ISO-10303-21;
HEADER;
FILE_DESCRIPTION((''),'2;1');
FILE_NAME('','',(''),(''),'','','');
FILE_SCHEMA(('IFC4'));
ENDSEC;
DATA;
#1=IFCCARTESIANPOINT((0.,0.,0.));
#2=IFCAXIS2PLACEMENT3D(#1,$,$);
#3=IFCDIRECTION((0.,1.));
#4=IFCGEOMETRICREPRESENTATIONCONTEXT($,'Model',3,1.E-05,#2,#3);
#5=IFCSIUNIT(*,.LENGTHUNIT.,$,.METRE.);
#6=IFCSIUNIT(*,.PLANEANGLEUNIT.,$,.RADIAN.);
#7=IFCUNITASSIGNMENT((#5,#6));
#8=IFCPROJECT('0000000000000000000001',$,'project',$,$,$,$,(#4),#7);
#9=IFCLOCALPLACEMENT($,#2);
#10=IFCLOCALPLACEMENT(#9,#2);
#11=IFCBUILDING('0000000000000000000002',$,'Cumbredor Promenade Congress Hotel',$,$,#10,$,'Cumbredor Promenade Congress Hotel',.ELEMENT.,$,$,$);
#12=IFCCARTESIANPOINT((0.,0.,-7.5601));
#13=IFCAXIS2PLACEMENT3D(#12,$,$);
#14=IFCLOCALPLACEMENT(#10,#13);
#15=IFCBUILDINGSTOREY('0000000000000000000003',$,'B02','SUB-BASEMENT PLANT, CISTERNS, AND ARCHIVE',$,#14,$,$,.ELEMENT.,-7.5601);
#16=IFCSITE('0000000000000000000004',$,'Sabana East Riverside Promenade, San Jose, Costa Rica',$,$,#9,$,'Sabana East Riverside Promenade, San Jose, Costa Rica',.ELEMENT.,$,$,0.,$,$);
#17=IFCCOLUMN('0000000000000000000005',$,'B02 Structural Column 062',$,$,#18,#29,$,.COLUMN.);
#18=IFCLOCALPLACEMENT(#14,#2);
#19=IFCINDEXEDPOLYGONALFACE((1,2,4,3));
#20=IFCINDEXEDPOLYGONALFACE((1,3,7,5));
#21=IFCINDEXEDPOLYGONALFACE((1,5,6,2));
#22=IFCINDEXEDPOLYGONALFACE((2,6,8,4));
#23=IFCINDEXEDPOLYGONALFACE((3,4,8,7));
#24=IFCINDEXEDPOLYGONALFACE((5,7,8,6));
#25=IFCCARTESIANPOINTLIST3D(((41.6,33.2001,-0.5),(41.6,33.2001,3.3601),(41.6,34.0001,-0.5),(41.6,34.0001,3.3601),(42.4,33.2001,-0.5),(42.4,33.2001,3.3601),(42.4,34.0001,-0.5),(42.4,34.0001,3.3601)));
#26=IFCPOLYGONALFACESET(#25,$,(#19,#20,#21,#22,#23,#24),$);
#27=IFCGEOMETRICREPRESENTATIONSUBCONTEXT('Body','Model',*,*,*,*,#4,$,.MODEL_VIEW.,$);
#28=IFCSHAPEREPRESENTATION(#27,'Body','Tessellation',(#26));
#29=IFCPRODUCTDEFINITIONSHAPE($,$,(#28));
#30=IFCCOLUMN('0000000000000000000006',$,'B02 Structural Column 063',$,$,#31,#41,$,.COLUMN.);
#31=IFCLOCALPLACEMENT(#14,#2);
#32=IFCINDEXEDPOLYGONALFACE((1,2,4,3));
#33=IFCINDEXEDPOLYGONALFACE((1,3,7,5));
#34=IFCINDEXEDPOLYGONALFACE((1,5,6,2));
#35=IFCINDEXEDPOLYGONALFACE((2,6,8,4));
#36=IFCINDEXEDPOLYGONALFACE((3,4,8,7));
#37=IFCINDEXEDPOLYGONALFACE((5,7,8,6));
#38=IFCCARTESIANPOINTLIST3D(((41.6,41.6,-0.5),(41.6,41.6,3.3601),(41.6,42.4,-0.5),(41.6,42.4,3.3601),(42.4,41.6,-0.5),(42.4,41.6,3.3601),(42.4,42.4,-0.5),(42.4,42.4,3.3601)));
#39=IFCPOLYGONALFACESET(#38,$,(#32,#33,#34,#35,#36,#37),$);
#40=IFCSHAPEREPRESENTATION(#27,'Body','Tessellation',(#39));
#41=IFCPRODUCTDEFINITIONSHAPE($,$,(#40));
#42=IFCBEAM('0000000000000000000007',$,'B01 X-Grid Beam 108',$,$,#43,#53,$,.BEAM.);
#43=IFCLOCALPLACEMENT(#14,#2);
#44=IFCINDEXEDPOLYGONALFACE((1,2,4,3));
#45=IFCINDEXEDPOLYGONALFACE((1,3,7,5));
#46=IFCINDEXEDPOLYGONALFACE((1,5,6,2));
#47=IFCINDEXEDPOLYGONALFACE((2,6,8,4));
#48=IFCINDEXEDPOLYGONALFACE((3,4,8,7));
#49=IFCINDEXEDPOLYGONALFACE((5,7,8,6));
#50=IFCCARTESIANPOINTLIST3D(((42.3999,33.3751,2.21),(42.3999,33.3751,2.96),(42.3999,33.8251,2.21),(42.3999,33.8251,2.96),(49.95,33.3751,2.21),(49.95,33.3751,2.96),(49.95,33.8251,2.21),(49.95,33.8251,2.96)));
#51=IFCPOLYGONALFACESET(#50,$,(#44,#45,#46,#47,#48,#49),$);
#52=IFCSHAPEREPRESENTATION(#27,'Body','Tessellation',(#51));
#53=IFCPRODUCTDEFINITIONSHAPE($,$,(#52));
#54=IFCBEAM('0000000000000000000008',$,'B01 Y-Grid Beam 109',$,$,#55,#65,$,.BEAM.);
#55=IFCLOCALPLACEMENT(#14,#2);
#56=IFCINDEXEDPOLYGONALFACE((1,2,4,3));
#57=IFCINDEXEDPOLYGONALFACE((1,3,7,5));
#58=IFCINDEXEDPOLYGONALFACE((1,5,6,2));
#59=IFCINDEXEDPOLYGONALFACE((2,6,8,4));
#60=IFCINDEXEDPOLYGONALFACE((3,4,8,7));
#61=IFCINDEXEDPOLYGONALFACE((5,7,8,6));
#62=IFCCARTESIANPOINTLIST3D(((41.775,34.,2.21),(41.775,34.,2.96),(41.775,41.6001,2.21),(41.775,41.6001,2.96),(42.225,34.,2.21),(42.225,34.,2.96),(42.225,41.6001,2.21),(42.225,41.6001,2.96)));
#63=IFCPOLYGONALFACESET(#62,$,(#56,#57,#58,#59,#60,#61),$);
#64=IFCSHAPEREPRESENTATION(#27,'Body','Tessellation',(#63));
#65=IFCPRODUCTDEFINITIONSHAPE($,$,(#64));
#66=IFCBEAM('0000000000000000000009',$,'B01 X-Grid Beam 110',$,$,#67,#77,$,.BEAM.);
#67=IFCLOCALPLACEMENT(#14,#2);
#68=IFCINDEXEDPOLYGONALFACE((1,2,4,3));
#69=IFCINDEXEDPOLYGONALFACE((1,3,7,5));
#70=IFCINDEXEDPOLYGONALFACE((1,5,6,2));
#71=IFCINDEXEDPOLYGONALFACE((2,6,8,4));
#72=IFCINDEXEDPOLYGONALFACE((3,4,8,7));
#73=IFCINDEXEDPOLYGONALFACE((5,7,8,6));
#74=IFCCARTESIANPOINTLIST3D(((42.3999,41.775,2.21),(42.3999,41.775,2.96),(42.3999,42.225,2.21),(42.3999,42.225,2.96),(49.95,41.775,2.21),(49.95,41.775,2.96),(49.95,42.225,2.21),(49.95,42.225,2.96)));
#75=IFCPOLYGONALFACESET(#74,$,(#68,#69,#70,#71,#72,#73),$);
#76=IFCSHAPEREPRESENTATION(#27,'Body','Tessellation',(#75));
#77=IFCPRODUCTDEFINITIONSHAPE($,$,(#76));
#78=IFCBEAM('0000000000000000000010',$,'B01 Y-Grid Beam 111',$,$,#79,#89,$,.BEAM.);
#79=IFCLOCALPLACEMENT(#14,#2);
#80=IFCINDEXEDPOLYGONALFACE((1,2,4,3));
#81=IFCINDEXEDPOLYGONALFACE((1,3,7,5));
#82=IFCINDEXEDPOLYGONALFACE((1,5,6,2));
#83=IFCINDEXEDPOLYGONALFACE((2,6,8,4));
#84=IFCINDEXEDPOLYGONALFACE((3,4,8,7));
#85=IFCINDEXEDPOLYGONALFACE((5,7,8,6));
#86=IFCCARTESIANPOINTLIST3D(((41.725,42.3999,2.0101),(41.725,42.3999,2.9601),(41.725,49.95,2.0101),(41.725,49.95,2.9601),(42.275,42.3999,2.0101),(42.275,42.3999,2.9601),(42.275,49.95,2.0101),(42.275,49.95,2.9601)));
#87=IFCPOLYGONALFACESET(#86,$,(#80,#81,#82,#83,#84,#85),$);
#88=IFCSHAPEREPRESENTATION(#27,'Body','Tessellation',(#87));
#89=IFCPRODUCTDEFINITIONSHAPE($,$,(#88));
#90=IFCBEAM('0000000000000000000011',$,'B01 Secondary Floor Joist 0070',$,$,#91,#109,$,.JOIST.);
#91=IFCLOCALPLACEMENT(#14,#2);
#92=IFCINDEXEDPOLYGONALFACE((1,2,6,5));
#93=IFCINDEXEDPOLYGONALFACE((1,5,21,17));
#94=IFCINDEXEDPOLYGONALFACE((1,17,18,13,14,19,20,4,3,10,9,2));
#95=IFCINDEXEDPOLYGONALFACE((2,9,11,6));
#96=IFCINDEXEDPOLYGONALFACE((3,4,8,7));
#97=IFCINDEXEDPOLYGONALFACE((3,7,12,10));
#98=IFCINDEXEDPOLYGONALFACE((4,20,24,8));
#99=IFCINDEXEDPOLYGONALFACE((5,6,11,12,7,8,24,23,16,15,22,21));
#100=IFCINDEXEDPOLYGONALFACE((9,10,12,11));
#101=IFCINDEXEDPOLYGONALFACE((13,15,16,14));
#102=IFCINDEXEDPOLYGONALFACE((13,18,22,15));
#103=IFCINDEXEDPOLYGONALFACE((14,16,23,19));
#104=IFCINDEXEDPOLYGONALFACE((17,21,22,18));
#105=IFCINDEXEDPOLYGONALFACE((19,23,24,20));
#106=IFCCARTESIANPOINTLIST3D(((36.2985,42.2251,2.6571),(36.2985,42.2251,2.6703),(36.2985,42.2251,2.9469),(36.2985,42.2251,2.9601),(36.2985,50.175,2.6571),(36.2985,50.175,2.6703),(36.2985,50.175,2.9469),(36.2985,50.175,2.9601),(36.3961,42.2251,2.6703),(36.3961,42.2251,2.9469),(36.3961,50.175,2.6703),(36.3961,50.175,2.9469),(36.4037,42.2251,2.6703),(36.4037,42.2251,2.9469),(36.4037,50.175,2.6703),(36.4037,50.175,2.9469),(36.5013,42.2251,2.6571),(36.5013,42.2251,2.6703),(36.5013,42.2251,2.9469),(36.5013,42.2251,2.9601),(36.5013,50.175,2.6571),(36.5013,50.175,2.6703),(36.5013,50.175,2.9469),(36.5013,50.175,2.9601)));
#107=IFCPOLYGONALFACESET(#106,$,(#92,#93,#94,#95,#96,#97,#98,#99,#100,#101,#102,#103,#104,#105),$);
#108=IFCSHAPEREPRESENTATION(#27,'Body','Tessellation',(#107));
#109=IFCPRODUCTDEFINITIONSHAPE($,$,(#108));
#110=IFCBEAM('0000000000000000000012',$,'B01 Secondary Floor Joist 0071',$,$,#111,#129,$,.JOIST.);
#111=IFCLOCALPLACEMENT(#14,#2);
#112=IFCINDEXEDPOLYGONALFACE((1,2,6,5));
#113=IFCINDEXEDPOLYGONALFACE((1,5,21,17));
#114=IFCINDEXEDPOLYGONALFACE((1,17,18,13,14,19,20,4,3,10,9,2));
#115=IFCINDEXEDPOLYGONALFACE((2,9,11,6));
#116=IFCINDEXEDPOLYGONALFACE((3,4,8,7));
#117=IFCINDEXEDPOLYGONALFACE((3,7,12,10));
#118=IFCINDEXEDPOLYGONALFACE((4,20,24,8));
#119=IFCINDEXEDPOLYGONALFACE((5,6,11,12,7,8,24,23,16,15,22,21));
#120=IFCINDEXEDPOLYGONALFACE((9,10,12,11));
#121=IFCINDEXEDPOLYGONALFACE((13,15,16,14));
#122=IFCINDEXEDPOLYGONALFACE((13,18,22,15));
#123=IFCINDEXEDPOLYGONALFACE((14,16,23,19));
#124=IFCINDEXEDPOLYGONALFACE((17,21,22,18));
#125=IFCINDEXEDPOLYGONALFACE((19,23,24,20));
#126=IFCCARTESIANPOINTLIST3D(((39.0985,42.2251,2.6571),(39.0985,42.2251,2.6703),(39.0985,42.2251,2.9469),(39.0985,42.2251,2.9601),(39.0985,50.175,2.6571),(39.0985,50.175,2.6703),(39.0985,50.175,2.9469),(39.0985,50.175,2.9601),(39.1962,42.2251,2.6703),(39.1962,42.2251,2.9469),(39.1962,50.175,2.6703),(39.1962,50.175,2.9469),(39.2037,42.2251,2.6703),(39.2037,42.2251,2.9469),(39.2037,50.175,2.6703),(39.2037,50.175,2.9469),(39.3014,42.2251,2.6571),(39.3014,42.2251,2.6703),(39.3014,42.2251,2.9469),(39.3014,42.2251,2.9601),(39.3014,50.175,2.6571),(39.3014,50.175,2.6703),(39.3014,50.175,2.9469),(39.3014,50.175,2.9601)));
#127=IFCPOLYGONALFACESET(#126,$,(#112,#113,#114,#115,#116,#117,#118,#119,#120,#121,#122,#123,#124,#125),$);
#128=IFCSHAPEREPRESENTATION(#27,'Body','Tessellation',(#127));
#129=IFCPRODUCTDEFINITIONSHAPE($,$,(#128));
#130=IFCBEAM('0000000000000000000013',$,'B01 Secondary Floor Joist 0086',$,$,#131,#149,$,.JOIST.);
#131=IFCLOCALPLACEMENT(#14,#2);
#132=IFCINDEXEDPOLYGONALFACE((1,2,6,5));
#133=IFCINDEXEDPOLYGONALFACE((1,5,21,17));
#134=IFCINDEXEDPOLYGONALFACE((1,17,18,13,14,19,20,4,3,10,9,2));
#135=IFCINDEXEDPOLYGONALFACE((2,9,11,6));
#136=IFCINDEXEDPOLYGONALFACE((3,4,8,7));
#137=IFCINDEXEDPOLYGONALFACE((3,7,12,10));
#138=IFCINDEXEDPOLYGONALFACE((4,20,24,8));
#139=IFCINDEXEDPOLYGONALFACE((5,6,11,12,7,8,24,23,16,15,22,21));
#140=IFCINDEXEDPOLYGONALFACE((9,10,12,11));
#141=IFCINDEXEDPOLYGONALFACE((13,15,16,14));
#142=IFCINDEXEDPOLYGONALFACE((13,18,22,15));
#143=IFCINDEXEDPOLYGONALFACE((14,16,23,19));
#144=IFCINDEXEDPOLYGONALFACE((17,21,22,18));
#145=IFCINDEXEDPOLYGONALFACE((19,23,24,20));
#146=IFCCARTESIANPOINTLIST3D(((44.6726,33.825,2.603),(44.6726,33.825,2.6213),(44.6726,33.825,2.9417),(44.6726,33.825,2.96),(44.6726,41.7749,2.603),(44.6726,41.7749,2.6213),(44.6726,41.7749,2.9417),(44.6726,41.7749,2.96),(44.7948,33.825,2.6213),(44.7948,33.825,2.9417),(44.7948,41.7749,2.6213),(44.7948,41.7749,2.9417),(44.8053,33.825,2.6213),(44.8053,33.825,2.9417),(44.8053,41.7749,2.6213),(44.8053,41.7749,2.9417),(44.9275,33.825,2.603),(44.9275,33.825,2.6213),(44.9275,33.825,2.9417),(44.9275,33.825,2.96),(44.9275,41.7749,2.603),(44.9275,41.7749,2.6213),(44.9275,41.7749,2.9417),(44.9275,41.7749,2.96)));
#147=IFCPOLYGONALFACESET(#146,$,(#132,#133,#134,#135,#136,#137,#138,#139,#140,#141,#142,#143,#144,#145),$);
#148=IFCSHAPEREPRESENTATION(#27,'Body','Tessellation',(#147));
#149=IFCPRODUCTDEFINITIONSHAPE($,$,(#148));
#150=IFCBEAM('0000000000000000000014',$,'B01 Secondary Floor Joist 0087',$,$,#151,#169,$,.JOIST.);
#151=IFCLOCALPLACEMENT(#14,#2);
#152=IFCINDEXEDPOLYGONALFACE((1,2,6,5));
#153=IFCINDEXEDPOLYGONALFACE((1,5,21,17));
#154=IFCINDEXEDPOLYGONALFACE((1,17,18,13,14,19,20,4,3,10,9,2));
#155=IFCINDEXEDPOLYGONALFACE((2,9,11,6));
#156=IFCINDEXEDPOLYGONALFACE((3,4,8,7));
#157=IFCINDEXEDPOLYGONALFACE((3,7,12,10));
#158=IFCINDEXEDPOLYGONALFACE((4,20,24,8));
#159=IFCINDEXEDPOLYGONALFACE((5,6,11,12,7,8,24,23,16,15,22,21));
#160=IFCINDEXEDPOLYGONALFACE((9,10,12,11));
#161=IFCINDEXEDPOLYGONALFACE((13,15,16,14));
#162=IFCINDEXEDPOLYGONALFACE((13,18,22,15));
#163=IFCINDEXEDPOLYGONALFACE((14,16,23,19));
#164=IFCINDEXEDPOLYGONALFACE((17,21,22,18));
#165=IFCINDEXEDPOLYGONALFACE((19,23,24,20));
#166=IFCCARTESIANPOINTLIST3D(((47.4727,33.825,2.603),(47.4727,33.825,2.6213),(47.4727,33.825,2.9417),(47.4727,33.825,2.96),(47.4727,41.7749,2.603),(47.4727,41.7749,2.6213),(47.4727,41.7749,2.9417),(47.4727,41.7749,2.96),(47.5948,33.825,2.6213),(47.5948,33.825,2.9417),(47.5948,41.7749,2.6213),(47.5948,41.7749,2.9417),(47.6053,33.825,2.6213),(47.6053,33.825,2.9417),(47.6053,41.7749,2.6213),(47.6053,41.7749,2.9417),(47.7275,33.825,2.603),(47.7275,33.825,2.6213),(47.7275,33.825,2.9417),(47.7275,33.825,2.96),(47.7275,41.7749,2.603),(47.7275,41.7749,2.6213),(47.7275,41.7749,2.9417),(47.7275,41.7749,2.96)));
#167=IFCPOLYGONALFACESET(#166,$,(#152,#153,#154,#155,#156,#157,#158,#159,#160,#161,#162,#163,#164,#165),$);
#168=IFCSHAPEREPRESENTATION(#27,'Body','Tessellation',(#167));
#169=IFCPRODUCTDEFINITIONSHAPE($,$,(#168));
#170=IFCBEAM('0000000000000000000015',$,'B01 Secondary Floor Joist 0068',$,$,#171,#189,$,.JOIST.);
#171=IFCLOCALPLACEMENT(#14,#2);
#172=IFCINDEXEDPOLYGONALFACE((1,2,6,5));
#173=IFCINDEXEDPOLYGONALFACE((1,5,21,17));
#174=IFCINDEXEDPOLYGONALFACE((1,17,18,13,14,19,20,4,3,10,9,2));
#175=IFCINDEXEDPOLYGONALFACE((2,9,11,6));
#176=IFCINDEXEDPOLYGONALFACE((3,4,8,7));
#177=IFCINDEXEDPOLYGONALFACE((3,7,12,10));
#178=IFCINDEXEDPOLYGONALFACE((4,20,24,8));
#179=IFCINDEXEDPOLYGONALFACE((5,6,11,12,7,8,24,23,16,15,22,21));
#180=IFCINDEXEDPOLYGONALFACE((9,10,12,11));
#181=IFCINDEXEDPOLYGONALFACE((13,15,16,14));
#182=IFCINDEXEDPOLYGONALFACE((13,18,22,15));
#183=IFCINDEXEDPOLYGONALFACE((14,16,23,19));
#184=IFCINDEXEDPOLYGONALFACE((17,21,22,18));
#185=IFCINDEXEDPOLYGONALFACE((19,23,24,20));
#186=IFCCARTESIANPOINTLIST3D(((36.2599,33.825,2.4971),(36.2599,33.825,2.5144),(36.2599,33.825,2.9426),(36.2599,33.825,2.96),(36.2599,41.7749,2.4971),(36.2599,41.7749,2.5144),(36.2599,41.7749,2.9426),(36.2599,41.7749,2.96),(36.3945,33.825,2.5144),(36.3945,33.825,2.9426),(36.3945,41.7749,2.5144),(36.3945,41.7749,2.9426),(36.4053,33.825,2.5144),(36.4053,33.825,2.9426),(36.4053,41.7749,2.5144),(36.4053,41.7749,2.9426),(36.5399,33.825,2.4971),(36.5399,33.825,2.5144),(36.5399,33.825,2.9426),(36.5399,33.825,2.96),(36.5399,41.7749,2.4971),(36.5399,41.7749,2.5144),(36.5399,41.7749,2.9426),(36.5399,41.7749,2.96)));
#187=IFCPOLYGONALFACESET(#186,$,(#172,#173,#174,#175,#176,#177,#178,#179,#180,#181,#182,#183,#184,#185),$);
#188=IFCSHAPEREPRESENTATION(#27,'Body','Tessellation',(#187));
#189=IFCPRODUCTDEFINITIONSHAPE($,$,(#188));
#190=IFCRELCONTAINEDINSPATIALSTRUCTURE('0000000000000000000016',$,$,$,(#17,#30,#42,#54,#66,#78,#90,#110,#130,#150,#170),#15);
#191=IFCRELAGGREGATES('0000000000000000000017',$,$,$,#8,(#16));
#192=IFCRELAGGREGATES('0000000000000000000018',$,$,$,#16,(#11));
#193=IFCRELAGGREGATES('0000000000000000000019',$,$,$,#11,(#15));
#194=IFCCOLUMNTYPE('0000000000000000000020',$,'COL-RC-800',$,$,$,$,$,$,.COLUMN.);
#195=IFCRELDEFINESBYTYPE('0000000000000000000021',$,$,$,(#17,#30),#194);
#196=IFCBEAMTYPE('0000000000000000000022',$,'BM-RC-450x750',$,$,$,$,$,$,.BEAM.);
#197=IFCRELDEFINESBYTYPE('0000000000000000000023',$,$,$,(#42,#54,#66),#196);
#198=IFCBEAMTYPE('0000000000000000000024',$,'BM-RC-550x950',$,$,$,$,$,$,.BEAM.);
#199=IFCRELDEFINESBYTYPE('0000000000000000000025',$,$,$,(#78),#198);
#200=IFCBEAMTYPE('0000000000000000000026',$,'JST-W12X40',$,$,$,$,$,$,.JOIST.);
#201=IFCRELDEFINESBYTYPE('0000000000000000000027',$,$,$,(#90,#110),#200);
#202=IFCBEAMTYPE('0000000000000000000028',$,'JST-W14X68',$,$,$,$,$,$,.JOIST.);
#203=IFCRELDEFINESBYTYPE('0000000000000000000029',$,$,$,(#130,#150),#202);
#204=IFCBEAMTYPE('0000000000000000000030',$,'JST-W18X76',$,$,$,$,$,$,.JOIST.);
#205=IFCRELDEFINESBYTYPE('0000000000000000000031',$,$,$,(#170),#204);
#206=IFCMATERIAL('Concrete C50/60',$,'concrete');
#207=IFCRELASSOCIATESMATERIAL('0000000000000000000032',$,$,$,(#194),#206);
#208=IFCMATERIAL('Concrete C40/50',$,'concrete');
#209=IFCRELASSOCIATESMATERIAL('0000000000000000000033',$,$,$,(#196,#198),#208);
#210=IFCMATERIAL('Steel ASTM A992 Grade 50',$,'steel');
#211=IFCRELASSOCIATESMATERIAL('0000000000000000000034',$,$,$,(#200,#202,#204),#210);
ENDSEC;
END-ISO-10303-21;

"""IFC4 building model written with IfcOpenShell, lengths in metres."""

from ifc_helpers import new_model, si_unit, direction, frame, origin, origin_2d, place, context, subcontext, project, spatial, rectangle, i_section, extrude, material, material_profile, profile_set, type_object, element, save


model = new_model("IFC4")

# Units and contexts
model_context = context("Model", 3, precision=1e-05, world=origin(), true_north=direction((0.0, 1.0)))
body_context = subcontext(model_context, "Body", "Model", "MODEL_VIEW")
ifc_project = project(units=[si_unit("LENGTHUNIT", "METRE"), si_unit("PLANEANGLEUNIT", "RADIAN")], contexts=[model_context])

# Site, building, storey
site_placement = place(None, origin())
site = spatial("IfcSite", under=ifc_project, at=site_placement, Name="Sabana East Riverside Promenade, San Jose, Costa Rica", LongName="Sabana East Riverside Promenade, San Jose, Costa Rica", CompositionType="ELEMENT", RefElevation=0.0)
building_placement = place(site_placement, origin())
building = spatial("IfcBuilding", under=site, at=building_placement, Name="Cumbredor Promenade Congress Hotel", LongName="Cumbredor Promenade Congress Hotel", CompositionType="ELEMENT")
storey_placement = place(building_placement, frame((0.0, 0.0, -7.5601)))
storey = spatial("IfcBuildingStorey", under=building, at=storey_placement, Name="B02", Description="SUB-BASEMENT PLANT, CISTERNS, AND ARCHIVE", CompositionType="ELEMENT", Elevation=-7.5601)

# Shared definitions
ifc_material_1 = material(Name="Concrete C40/50", Category="concrete")

# Columns
ifc_material_2 = material(Name="Concrete C50/60", Category="concrete")
ifc_material_profile_1 = material_profile(ifc_material_2, rectangle(XDim=0.8, YDim=0.8, at=origin_2d()), Name="RC 800x800")
ifc_profile_set_1 = profile_set([ifc_material_profile_1], Name="Concrete C50/60")
column_type = type_object("IfcColumnType", Name="COL-RC-800", PredefinedType="COLUMN", material=ifc_profile_set_1)
for number, where, z_axis, x_axis, name in (
    (1, (42.0, 33.6001, -0.5), (0.0, 0.0, 1.0), (1.0, 0.0, 0.0), "B02 Structural Column 062"),
    (2, (42.0, 42.0, -0.5), (0.0, 0.0, 1.0), (1.0, 0.0, 0.0), "B02 Structural Column 063"),
):
    element("IfcColumn", number, at=place(storey_placement, frame(where, z_axis=z_axis, x_axis=x_axis)), inside=storey, type_object=column_type, Name=name, PredefinedType="COLUMN", context=body_context, shape_type="SweptSolid", body=[
        extrude(rectangle(XDim=0.8, YDim=0.8, at=origin_2d()), origin(), (0.0, 0.0, 1.0), 3.8601),
    ])

# Beams
ifc_material_profile_2 = material_profile(ifc_material_1, rectangle(XDim=0.45, YDim=0.75, at=origin_2d()), Name="RC BEAM 450x750")
ifc_profile_set_2 = profile_set([ifc_material_profile_2], Name="Concrete C40/50")
beam_type_1 = type_object("IfcBeamType", Name="BM-RC-450x750", PredefinedType="BEAM", material=ifc_profile_set_2)
beam_1_placement = place(storey_placement, frame((42.3999, 33.6001, 2.585), z_axis=(1.0, 0.0, 0.0), x_axis=(0.0, 1.0, 0.0)))
element("IfcBeam", 3, at=beam_1_placement, inside=storey, type_object=beam_type_1, Name="B01 X-Grid Beam 108", PredefinedType="BEAM", context=body_context, shape_type="SweptSolid", body=[
    extrude(rectangle(XDim=0.45, YDim=0.75, at=origin_2d()), origin(), (0.0, 0.0, 1.0), 7.55),
])
beam_2_placement = place(storey_placement, frame((42.0, 34.0, 2.585), z_axis=(0.0, 1.0, 0.0), x_axis=(-1.0, 0.0, 0.0)))
element("IfcBeam", 4, at=beam_2_placement, inside=storey, type_object=beam_type_1, Name="B01 Y-Grid Beam 109", PredefinedType="BEAM", context=body_context, shape_type="SweptSolid", body=[
    extrude(rectangle(XDim=0.45, YDim=0.75, at=origin_2d()), origin(), (0.0, 0.0, 1.0), 7.6001),
])
beam_3_placement = place(storey_placement, frame((42.3999, 42.0, 2.585), z_axis=(1.0, 0.0, 0.0), x_axis=(0.0, 1.0, 0.0)))
element("IfcBeam", 5, at=beam_3_placement, inside=storey, type_object=beam_type_1, Name="B01 X-Grid Beam 110", PredefinedType="BEAM", context=body_context, shape_type="SweptSolid", body=[
    extrude(rectangle(XDim=0.45, YDim=0.75, at=origin_2d()), origin(), (0.0, 0.0, 1.0), 7.55),
])
ifc_material_profile_3 = material_profile(ifc_material_1, rectangle(XDim=0.55, YDim=0.95, at=origin_2d()), Name="RC BEAM 550x950")
ifc_profile_set_3 = profile_set([ifc_material_profile_3], Name="Concrete C40/50")
beam_type_2 = type_object("IfcBeamType", Name="BM-RC-550x950", PredefinedType="BEAM", material=ifc_profile_set_3)
beam_4_placement = place(storey_placement, frame((42.0, 42.3999, 2.4851), z_axis=(0.0, 1.0, 0.0), x_axis=(-1.0, 0.0, 0.0)))
element("IfcBeam", 6, at=beam_4_placement, inside=storey, type_object=beam_type_2, Name="B01 Y-Grid Beam 111", PredefinedType="BEAM", context=body_context, shape_type="SweptSolid", body=[
    extrude(rectangle(XDim=0.55, YDim=0.95, at=origin_2d()), origin(), (0.0, 0.0, 1.0), 7.55),
])
ifc_material_3 = material(Name="Steel ASTM A992 Grade 50", Category="steel")
ifc_material_profile_4 = material_profile(ifc_material_3, i_section(OverallWidth=0.2029, OverallDepth=0.303, WebThickness=0.0076, FlangeThickness=0.0132, at=origin_2d()), Name="W12X40")
ifc_profile_set_4 = profile_set([ifc_material_profile_4], Name="Steel ASTM A992 Grade 50")
beam_type_3 = type_object("IfcBeamType", Name="JST-W12X40", PredefinedType="JOIST", material=ifc_profile_set_4)
for number, where, z_axis, x_axis, name in (
    (7, (36.3999, 42.2251, 2.8086), (0.0, 1.0, 0.0), (-1.0, 0.0, 0.0), "B01 Secondary Floor Joist 0070"),
    (8, (39.2, 42.2251, 2.8086), (0.0, 1.0, 0.0), (-1.0, 0.0, 0.0), "B01 Secondary Floor Joist 0071"),
):
    element("IfcBeam", number, at=place(storey_placement, frame(where, z_axis=z_axis, x_axis=x_axis)), inside=storey, type_object=beam_type_3, Name=name, PredefinedType="JOIST", context=body_context, shape_type="SweptSolid", body=[
        extrude(i_section(OverallWidth=0.2029, OverallDepth=0.303, WebThickness=0.0076, FlangeThickness=0.0132, at=origin_2d()), origin(), (0.0, 0.0, 1.0), 7.95),
    ])
ifc_material_profile_5 = material_profile(ifc_material_3, i_section(OverallWidth=0.2549, OverallDepth=0.3569, WebThickness=0.0105, FlangeThickness=0.0183, at=origin_2d()), Name="W14X68")
ifc_profile_set_5 = profile_set([ifc_material_profile_5], Name="Steel ASTM A992 Grade 50")
beam_type_4 = type_object("IfcBeamType", Name="JST-W14X68", PredefinedType="JOIST", material=ifc_profile_set_5)
for number, where, z_axis, x_axis, name in (
    (9, (44.8, 33.825, 2.7815), (0.0, 1.0, 0.0), (-1.0, 0.0, 0.0), "B01 Secondary Floor Joist 0086"),
    (10, (47.6001, 33.825, 2.7815), (0.0, 1.0, 0.0), (-1.0, 0.0, 0.0), "B01 Secondary Floor Joist 0087"),
):
    element("IfcBeam", number, at=place(storey_placement, frame(where, z_axis=z_axis, x_axis=x_axis)), inside=storey, type_object=beam_type_4, Name=name, PredefinedType="JOIST", context=body_context, shape_type="SweptSolid", body=[
        extrude(i_section(OverallWidth=0.2549, OverallDepth=0.3569, WebThickness=0.0105, FlangeThickness=0.0183, at=origin_2d()), origin(), (0.0, 0.0, 1.0), 7.95),
    ])
ifc_material_profile_6 = material_profile(ifc_material_3, i_section(OverallWidth=0.28, OverallDepth=0.4629, WebThickness=0.0107, FlangeThickness=0.0173, at=origin_2d()), Name="W18X76")
ifc_profile_set_6 = profile_set([ifc_material_profile_6], Name="Steel ASTM A992 Grade 50")
beam_type_5 = type_object("IfcBeamType", Name="JST-W18X76", PredefinedType="JOIST", material=ifc_profile_set_6)
for number, where, z_axis, x_axis, name in (
    (11, (36.3999, 33.825, 2.7285), (0.0, 1.0, 0.0), (-1.0, 0.0, 0.0), "B01 Secondary Floor Joist 0068"),
):
    element("IfcBeam", number, at=place(storey_placement, frame(where, z_axis=z_axis, x_axis=x_axis)), inside=storey, type_object=beam_type_5, Name=name, PredefinedType="JOIST", context=body_context, shape_type="SweptSolid", body=[
        extrude(i_section(OverallWidth=0.28, OverallDepth=0.4629, WebThickness=0.0107, FlangeThickness=0.0173, at=origin_2d()), origin(), (0.0, 0.0, 1.0), 7.95),
    ])

save(model, "model.ifc")
